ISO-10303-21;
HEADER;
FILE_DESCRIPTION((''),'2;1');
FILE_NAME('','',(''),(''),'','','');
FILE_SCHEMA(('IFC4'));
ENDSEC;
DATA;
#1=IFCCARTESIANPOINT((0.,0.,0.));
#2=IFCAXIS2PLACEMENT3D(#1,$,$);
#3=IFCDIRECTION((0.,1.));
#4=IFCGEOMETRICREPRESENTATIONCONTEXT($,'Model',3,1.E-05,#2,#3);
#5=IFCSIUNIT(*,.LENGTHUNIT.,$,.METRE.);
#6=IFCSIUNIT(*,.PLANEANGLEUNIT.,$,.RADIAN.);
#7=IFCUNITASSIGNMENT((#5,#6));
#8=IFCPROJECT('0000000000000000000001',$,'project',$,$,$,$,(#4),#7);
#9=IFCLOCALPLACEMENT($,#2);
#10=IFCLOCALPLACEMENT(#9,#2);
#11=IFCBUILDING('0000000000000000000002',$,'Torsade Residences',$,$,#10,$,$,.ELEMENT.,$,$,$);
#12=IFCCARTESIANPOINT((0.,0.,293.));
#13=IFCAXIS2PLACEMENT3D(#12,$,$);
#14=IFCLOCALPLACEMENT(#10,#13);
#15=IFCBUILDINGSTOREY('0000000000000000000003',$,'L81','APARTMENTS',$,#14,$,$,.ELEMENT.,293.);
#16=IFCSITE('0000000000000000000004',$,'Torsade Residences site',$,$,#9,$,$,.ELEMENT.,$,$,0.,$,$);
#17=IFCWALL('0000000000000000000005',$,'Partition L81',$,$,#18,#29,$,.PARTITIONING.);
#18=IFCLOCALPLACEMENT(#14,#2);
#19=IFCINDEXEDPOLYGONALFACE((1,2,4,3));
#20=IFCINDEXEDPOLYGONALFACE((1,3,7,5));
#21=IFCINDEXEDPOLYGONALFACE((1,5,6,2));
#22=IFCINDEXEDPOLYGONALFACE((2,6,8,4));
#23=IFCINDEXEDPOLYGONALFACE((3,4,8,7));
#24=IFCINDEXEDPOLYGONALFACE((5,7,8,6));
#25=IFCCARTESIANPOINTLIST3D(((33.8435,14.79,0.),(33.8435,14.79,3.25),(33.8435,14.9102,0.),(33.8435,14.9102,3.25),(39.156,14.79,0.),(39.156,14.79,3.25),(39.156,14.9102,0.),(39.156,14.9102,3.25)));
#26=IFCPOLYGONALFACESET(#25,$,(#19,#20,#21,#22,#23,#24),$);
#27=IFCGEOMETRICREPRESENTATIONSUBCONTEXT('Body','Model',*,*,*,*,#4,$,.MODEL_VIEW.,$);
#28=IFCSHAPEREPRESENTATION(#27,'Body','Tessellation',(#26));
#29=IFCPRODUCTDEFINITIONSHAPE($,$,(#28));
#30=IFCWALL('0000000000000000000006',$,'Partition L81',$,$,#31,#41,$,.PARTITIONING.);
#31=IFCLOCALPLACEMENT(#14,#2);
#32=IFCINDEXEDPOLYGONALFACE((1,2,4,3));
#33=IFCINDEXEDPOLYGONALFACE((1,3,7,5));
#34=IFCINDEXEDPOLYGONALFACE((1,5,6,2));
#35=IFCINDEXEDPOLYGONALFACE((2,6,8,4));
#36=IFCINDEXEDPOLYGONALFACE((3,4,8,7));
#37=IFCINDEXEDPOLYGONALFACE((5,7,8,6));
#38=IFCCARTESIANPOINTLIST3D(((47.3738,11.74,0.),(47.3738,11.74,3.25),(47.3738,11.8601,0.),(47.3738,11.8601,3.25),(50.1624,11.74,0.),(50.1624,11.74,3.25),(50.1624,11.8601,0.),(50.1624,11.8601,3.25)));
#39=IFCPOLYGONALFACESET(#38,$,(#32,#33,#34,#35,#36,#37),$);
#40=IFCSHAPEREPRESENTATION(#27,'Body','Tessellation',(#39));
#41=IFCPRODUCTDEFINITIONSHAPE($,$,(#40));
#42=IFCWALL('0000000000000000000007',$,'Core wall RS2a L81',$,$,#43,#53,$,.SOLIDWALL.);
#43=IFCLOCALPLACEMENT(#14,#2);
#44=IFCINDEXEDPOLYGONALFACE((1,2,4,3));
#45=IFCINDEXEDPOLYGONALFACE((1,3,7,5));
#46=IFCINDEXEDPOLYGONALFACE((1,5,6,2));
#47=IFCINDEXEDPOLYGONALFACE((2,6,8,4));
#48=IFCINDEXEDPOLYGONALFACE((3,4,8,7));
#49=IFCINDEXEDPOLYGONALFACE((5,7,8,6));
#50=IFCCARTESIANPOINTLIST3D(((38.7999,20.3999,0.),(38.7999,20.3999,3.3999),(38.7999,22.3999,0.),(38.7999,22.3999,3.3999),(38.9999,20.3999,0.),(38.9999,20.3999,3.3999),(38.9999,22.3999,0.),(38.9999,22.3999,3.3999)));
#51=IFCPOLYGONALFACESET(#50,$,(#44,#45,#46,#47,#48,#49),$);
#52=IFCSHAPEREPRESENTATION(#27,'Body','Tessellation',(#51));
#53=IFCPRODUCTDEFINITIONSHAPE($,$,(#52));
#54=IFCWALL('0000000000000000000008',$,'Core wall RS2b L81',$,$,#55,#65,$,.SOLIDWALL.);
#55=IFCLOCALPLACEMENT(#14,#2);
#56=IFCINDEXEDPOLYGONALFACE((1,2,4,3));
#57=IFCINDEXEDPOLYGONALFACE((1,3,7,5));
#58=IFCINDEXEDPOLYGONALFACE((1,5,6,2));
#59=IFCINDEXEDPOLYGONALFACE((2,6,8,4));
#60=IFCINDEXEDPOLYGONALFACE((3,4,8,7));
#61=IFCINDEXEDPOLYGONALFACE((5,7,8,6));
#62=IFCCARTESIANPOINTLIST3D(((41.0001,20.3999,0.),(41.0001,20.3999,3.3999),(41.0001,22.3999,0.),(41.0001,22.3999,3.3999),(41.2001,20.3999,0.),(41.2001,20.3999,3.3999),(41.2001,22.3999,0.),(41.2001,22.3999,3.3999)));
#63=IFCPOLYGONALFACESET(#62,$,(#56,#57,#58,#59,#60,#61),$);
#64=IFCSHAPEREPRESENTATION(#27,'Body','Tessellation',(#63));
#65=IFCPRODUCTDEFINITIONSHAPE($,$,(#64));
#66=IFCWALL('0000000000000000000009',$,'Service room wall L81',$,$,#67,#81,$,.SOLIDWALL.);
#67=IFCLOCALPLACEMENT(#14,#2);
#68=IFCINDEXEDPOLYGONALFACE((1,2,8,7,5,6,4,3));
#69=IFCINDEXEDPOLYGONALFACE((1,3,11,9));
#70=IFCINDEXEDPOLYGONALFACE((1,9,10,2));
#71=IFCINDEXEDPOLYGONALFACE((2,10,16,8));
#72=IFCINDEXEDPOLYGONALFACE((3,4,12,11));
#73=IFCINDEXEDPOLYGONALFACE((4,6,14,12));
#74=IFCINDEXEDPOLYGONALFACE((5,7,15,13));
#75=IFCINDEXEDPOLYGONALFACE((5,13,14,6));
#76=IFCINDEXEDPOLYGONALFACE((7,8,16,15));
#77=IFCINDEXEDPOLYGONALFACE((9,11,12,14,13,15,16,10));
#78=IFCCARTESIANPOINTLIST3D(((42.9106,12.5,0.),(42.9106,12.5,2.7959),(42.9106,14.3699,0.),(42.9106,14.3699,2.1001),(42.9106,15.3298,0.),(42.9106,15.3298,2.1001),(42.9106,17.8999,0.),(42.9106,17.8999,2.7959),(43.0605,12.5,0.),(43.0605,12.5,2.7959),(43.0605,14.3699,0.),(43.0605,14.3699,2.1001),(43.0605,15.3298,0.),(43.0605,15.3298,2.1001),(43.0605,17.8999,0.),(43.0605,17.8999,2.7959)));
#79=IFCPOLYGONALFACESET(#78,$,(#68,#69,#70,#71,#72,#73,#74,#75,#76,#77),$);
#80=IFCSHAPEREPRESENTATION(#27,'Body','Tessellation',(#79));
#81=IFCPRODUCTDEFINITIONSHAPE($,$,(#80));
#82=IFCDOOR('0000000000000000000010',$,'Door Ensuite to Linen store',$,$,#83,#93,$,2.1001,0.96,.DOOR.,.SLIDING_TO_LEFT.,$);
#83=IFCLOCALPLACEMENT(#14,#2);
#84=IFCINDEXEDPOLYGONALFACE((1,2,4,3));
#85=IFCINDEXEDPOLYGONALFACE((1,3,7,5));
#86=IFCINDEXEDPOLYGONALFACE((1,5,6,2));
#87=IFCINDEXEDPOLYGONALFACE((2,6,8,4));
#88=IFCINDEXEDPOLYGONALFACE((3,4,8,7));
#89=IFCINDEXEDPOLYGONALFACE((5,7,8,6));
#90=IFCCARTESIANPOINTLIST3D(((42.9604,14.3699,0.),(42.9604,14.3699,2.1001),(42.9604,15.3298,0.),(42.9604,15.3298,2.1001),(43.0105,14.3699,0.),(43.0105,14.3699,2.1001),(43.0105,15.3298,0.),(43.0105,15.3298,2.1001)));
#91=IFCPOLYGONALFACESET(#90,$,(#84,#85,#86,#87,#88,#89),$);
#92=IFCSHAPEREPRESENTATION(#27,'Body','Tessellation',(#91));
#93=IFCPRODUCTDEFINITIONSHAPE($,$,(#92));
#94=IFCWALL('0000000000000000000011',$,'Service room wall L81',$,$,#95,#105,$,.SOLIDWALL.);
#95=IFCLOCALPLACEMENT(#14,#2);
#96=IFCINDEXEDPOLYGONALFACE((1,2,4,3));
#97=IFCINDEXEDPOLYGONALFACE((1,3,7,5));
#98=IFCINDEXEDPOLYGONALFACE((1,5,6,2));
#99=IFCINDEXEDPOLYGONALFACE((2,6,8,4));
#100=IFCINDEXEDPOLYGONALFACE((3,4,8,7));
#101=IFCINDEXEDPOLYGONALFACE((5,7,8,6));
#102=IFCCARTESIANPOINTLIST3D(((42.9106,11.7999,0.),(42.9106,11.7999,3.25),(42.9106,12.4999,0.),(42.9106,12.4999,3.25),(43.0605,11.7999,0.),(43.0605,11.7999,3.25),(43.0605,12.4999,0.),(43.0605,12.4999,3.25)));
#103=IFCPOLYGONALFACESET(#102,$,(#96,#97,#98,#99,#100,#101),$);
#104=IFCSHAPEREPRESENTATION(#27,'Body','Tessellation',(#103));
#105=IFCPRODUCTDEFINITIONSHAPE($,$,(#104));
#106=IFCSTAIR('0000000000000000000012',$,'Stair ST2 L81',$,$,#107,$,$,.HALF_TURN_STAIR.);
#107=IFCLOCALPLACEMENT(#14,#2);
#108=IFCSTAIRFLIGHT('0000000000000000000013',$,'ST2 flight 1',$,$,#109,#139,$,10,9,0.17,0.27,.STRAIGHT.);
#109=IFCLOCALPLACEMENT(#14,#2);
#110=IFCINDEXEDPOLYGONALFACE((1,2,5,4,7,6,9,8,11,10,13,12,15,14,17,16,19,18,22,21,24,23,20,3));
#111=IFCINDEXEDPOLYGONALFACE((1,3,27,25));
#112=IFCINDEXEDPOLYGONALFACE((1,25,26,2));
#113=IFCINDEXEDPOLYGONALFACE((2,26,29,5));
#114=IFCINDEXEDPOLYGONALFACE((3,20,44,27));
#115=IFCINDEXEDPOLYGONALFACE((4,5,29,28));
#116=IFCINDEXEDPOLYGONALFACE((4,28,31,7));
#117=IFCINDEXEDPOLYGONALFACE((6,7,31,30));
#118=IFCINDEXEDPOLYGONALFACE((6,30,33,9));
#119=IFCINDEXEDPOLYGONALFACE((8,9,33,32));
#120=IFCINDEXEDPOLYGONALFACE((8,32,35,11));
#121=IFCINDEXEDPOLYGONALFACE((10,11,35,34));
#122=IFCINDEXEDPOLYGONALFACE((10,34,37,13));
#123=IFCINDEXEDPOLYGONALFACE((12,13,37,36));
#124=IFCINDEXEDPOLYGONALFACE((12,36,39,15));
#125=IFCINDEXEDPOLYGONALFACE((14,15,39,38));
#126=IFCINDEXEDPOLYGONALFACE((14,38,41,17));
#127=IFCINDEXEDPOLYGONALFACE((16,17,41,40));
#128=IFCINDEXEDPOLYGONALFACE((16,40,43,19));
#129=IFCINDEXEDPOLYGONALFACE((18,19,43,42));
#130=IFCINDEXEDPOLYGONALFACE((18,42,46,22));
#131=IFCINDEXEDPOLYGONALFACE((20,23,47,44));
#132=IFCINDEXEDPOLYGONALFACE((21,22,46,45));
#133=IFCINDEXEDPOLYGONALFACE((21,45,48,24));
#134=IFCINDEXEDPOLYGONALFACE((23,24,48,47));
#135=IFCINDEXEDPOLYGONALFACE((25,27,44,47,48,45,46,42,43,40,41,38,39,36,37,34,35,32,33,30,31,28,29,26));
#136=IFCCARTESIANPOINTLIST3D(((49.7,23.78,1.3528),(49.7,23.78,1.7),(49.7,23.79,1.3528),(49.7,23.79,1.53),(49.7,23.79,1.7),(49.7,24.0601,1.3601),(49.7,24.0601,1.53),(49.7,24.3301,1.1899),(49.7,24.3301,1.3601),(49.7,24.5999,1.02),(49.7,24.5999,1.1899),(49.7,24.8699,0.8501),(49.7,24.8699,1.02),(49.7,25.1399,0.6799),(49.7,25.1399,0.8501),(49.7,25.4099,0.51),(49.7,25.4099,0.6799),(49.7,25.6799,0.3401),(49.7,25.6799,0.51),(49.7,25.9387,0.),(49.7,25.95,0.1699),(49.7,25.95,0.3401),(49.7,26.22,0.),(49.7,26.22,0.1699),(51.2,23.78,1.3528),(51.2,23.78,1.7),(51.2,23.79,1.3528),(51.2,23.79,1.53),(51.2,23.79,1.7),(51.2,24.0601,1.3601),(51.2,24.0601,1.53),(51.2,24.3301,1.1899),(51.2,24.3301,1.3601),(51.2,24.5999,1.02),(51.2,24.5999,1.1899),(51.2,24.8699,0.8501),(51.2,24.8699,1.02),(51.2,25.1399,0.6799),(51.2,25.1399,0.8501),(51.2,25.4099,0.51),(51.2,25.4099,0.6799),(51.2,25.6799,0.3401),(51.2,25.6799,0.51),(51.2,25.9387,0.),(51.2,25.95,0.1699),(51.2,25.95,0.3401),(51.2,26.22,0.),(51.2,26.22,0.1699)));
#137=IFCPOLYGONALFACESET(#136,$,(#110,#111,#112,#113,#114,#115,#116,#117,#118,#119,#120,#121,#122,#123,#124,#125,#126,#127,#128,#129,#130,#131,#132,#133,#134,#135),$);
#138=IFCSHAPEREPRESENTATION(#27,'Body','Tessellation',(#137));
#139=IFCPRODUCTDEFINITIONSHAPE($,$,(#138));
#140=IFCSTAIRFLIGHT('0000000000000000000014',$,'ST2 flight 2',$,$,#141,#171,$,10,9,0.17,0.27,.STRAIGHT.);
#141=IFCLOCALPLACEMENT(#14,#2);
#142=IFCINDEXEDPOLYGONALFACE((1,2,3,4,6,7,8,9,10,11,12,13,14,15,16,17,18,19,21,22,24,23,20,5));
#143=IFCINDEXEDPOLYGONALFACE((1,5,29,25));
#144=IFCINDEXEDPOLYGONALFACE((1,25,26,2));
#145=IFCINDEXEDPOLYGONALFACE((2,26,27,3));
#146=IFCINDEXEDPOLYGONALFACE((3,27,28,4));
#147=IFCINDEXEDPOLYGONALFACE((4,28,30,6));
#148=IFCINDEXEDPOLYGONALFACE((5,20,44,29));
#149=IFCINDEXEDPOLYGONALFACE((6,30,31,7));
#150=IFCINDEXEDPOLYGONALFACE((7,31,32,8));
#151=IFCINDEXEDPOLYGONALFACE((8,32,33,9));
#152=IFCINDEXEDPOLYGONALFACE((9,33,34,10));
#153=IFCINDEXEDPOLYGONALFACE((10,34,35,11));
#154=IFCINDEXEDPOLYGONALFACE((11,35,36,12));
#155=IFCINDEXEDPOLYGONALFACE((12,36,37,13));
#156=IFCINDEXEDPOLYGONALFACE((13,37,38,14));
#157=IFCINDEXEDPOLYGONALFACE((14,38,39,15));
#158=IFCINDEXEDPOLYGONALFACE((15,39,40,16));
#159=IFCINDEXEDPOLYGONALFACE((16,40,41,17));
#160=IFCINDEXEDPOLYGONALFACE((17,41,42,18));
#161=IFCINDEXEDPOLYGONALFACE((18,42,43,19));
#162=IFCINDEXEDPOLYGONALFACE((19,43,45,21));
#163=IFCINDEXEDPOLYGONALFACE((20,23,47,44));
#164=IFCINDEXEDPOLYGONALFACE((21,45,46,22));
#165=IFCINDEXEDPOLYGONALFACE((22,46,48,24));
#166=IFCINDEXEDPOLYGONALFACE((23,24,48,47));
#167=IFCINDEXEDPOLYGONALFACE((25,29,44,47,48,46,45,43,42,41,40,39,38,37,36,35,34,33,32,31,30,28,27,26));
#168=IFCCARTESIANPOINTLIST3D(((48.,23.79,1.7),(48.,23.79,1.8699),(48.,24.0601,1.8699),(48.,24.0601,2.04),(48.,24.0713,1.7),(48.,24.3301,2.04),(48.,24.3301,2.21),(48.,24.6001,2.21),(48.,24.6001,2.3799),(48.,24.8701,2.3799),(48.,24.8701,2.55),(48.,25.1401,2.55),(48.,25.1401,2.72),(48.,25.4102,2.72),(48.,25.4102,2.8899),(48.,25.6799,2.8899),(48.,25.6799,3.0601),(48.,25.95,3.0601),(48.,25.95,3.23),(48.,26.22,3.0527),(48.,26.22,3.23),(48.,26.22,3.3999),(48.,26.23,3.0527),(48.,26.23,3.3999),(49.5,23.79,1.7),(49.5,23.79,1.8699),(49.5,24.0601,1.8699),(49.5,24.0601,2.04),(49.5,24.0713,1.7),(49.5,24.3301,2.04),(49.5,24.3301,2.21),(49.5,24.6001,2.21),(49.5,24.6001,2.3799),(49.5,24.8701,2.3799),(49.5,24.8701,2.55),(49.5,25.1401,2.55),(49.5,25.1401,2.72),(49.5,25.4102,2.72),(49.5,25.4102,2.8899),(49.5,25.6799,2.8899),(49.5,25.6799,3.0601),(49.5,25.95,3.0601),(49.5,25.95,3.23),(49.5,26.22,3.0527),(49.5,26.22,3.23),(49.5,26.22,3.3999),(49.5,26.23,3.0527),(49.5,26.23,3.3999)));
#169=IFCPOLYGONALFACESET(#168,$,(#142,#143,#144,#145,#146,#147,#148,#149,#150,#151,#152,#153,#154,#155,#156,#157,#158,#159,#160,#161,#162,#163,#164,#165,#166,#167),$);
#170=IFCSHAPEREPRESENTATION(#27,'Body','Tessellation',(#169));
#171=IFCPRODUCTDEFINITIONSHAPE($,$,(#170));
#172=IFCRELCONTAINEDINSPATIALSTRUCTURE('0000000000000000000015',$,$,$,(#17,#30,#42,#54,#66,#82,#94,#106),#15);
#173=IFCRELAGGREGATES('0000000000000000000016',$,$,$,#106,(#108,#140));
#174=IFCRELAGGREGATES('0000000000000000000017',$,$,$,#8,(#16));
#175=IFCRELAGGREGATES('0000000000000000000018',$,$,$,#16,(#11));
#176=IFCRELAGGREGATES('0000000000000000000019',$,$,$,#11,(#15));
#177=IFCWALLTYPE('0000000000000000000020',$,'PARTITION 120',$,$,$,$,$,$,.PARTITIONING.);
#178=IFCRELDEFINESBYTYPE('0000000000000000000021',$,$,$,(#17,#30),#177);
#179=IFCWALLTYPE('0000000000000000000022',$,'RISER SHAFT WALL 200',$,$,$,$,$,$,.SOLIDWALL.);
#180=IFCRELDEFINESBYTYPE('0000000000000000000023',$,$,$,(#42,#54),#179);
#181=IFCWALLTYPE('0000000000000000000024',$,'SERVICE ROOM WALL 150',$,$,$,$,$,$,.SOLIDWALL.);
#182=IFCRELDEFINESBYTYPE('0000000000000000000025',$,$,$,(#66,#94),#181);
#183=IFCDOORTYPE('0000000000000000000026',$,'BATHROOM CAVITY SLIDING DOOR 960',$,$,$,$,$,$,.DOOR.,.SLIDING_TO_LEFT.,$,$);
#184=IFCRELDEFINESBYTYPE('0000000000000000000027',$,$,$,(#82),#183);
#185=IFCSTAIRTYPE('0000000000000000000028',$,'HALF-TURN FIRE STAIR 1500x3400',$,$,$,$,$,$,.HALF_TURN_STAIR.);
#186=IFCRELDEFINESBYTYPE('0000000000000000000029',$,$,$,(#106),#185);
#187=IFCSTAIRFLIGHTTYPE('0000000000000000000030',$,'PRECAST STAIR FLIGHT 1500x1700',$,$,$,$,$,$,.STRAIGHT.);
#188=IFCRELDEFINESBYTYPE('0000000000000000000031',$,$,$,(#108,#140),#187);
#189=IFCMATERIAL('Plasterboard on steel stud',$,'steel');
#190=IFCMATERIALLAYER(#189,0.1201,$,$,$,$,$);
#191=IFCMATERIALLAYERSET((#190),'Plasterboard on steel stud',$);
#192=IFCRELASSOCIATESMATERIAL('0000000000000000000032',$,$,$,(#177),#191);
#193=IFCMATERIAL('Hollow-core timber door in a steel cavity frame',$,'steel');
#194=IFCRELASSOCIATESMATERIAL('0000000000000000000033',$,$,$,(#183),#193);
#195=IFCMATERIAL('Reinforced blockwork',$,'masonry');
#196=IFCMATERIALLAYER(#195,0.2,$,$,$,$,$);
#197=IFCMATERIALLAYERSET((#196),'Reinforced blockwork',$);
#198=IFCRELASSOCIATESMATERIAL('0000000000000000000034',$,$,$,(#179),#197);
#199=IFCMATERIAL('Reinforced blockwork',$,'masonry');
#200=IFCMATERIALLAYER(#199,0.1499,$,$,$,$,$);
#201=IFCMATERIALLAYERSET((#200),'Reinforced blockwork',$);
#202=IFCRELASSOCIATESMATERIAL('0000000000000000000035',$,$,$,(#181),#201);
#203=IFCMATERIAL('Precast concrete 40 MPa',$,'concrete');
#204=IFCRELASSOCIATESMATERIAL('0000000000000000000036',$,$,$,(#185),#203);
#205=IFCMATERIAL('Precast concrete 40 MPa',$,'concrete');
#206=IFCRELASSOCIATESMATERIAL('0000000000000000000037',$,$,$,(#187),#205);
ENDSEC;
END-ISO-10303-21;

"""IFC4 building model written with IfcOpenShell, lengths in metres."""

from ifc_helpers import new_model, si_unit, direction, frame, frame_2d, origin, place, context, subcontext, project, spatial, polyline, rectangle, outline, extrude, material, layer, layer_set, type_object, element, fill, aggregate, save


model = new_model("IFC4")

# Units and contexts
model_context = context("Model", 3, precision=1e-05, world=origin(), true_north=direction((0.0, 1.0)))
body_context = subcontext(model_context, "Body", "Model", "MODEL_VIEW")
ifc_project = project(units=[si_unit("LENGTHUNIT", "METRE"), si_unit("PLANEANGLEUNIT", "RADIAN")], contexts=[model_context])

# Site, building, storey
site_placement = place(None, origin())
site = spatial("IfcSite", under=ifc_project, at=site_placement, Name="Torsade Residences site", CompositionType="ELEMENT", RefElevation=0.0)
building_placement = place(site_placement, origin())
building = spatial("IfcBuilding", under=site, at=building_placement, Name="Torsade Residences", CompositionType="ELEMENT")
storey_placement = place(building_placement, frame((0.0, 0.0, 293.0)))
storey = spatial("IfcBuildingStorey", under=building, at=storey_placement, Name="L81", Description="APARTMENTS", CompositionType="ELEMENT", Elevation=293.0)

# Shared definitions
ifc_material_1 = material(Name="Plasterboard on steel stud", Category="steel")
ifc_layer_1 = layer(ifc_material_1, 0.1201)
ifc_layer_set_1 = layer_set([ifc_layer_1], Name="Plasterboard on steel stud")
wall_type_1 = type_object("IfcWallType", Name="PARTITION 120", PredefinedType="PARTITIONING", material=ifc_layer_set_1)
ifc_material_2 = material(Name="Hollow-core timber door in a steel cavity frame", Category="steel")
door_type = type_object("IfcDoorType", Name="BATHROOM CAVITY SLIDING DOOR 960", OperationType="SLIDING_TO_LEFT", PredefinedType="DOOR", material=ifc_material_2)

# Walls
wall_1_placement = place(storey_placement, frame((39.156, 14.8501, 0.0), z_axis=(0.0, 0.0, 1.0), x_axis=(-1.0, 0.0, 0.0)))
element("IfcWall", 1, at=wall_1_placement, inside=storey, type_object=wall_type_1, Name="Partition L81", PredefinedType="PARTITIONING", context=body_context, shape_type="SweptSolid", body=[
    extrude(rectangle(XDim=5.3125, YDim=0.1201, at=frame_2d((2.6562, 0.0))), origin(), (0.0, 0.0, 1.0), 3.25),
])
wall_2_placement = place(storey_placement, frame((50.1624, 11.8, 0.0), z_axis=(0.0, 0.0, 1.0), x_axis=(-1.0, 0.0, 0.0)))
element("IfcWall", 2, at=wall_2_placement, inside=storey, type_object=wall_type_1, Name="Partition L81", PredefinedType="PARTITIONING", context=body_context, shape_type="SweptSolid", body=[
    extrude(rectangle(XDim=2.7886, YDim=0.1201, at=frame_2d((1.3943, 0.0))), origin(), (0.0, 0.0, 1.0), 3.25),
])
ifc_material_3 = material(Name="Reinforced blockwork", Category="masonry")
ifc_layer_2 = layer(ifc_material_3, 0.2)
ifc_layer_set_2 = layer_set([ifc_layer_2], Name="Reinforced blockwork")
wall_type_2 = type_object("IfcWallType", Name="RISER SHAFT WALL 200", PredefinedType="SOLIDWALL", material=ifc_layer_set_2)
for number, where, z_axis, x_axis, name in (
    (3, (38.8999, 22.3999, 0.0), (0.0, 0.0, 1.0), (0.0, -1.0, 0.0), "Core wall RS2a L81"),
    (4, (41.1001, 22.3999, 0.0), (0.0, 0.0, 1.0), (0.0, -1.0, 0.0), "Core wall RS2b L81"),
):
    element("IfcWall", number, at=place(storey_placement, frame(where, z_axis=z_axis, x_axis=x_axis)), inside=storey, type_object=wall_type_2, Name=name, PredefinedType="SOLIDWALL", context=body_context, shape_type="SweptSolid", body=[
        extrude(rectangle(XDim=2.0, YDim=0.2, at=frame_2d((1.0, 0.0))), origin(), (0.0, 0.0, 1.0), 3.3999),
    ])

# Wall, opening, door
ifc_material_4 = material(Name="Reinforced blockwork", Category="masonry")
ifc_layer_3 = layer(ifc_material_4, 0.1499)
ifc_layer_set_3 = layer_set([ifc_layer_3], Name="Reinforced blockwork")
wall_type_3 = type_object("IfcWallType", Name="SERVICE ROOM WALL 150", PredefinedType="SOLIDWALL", material=ifc_layer_set_3)
wall_3_placement = place(storey_placement, frame((42.9856, 17.8999, 0.0), z_axis=(0.0, 0.0, 1.0), x_axis=(0.0, -1.0, 0.0)))
wall_3 = element("IfcWall", 5, at=wall_3_placement, inside=storey, type_object=wall_type_3, Name="Service room wall L81", PredefinedType="SOLIDWALL", context=body_context, shape_type="SweptSolid", body=[
    extrude(rectangle(XDim=5.3999, YDim=0.1499, at=frame_2d((2.7, 0.0))), origin(), (0.0, 0.0, 1.0), 2.7959),
])
opening_1_placement = place(wall_3_placement, frame((2.5701, 0.0, 0.0)))
opening_1 = element("IfcOpeningElement", 6, at=opening_1_placement, cuts=wall_3, PredefinedType="OPENING", context=body_context, shape_type="SweptSolid", body=[
    extrude(rectangle(XDim=0.96, YDim=2.1001, at=frame_2d((0.48, 1.05))), frame((0.0, 0.085, 0.0), z_axis=(0.0, -1.0, 0.0), x_axis=(1.0, 0.0, 0.0)), (0.0, 0.0, 1.0), 0.1699),
])
door_1_placement = place(opening_1_placement, origin())
door_1 = element("IfcDoor", 7, at=door_1_placement, inside=storey, type_object=door_type, Name="Door Ensuite to Linen store", OperationType="SLIDING_TO_LEFT", OverallHeight=2.1001, OverallWidth=0.96, PredefinedType="DOOR", context=body_context, shape_type="SweptSolid", body=[
    extrude(rectangle(XDim=0.96, YDim=2.1001, at=frame_2d((0.48, 1.05))), frame((0.0, 0.0249, 0.0), z_axis=(0.0, -1.0, 0.0), x_axis=(1.0, 0.0, 0.0)), (0.0, 0.0, 1.0), 0.05),
])
fill(opening_1, door_1)

# Wall
wall_4_placement = place(storey_placement, frame((42.9856, 12.5, 0.0), z_axis=(0.0, 0.0, 1.0), x_axis=(0.0, -1.0, 0.0)))
element("IfcWall", 8, at=wall_4_placement, inside=storey, type_object=wall_type_3, Name="Service room wall L81", PredefinedType="SOLIDWALL", context=body_context, shape_type="SweptSolid", body=[
    extrude(rectangle(XDim=0.7, YDim=0.1499, at=frame_2d((0.3501, 0.0))), origin(), (0.0, 0.0, 1.0), 3.25),
])

# Stair, stair flights
ifc_material_5 = material(Name="Precast concrete 40 MPa", Category="concrete")
stair_type = type_object("IfcStairType", Name="HALF-TURN FIRE STAIR 1500x3400", PredefinedType="HALF_TURN_STAIR", material=ifc_material_5)
stair_placement = place(storey_placement, origin())
stair = element("IfcStair", 9, at=stair_placement, inside=storey, type_object=stair_type, Name="Stair ST2 L81", PredefinedType="HALF_TURN_STAIR")
ifc_material_6 = material(Name="Precast concrete 40 MPa", Category="concrete")
stair_flight_type = type_object("IfcStairFlightType", Name="PRECAST STAIR FLIGHT 1500x1700", PredefinedType="STRAIGHT", material=ifc_material_6)
stair_flight_1_placement = place(storey_placement, frame((50.45, 26.22, 0.0), z_axis=(0.0, 0.0, 1.0), x_axis=(0.0, -1.0, 0.0)))
stair_flight_1 = element("IfcStairFlight", 10, at=stair_flight_1_placement, type_object=stair_flight_type, Name="ST2 flight 1", NumberOfRisers=10, NumberOfTreads=9, PredefinedType="STRAIGHT", RiserHeight=0.17, TreadLength=0.27, context=body_context, shape_type="SweptSolid", body=[
    extrude(outline(polyline([(0.0, 0.0), (0.0, 0.1699), (0.27, 0.1699), (0.27, 0.3401), (0.54, 0.3401), (0.54, 0.51), (0.8101, 0.51), (0.8101, 0.6799), (1.0801, 0.6799), (1.0801, 0.8501), (1.3501, 0.8501), (1.3501, 1.02), (1.6201, 1.02), (1.6201, 1.1899), (1.8899, 1.1899), (1.8899, 1.3601), (2.1599, 1.3601), (2.1599, 1.53), (2.4299, 1.53), (2.4299, 1.7), (2.4399, 1.7), (2.4399, 1.3528), (2.4299, 1.3528), (0.2812, 0.0), (0.0, 0.0)])), frame((0.0, 0.75, 0.0), z_axis=(0.0, -1.0, 0.0), x_axis=(1.0, 0.0, 0.0)), (0.0, 0.0, 1.0), 1.5),
])
stair_flight_2_placement = place(storey_placement, frame((48.75, 23.79, 1.7), z_axis=(0.0, 0.0, 1.0), x_axis=(0.0, 1.0, 0.0)))
stair_flight_2 = element("IfcStairFlight", 11, at=stair_flight_2_placement, type_object=stair_flight_type, Name="ST2 flight 2", NumberOfRisers=10, NumberOfTreads=9, PredefinedType="STRAIGHT", RiserHeight=0.17, TreadLength=0.27, context=body_context, shape_type="SweptSolid", body=[
    extrude(outline(polyline([(0.0, 0.0), (0.0, 0.1699), (0.27, 0.1699), (0.27, 0.3401), (0.54, 0.3401), (0.54, 0.51), (0.8101, 0.51), (0.8101, 0.6799), (1.0801, 0.6799), (1.0801, 0.8501), (1.3501, 0.8501), (1.3501, 1.02), (1.6201, 1.02), (1.6201, 1.1899), (1.8899, 1.1899), (1.8899, 1.3601), (2.1599, 1.3601), (2.1599, 1.53), (2.4299, 1.53), (2.4299, 1.7), (2.4399, 1.7), (2.4399, 1.3528), (2.4299, 1.3528), (0.2812, 0.0), (0.0, 0.0)])), frame((0.0, 0.75, 0.0), z_axis=(0.0, -1.0, 0.0), x_axis=(1.0, 0.0, 0.0)), (0.0, 0.0, 1.0), 1.5),
])
aggregate(stair, [stair_flight_1, stair_flight_2])

save(model, "model.ifc")
